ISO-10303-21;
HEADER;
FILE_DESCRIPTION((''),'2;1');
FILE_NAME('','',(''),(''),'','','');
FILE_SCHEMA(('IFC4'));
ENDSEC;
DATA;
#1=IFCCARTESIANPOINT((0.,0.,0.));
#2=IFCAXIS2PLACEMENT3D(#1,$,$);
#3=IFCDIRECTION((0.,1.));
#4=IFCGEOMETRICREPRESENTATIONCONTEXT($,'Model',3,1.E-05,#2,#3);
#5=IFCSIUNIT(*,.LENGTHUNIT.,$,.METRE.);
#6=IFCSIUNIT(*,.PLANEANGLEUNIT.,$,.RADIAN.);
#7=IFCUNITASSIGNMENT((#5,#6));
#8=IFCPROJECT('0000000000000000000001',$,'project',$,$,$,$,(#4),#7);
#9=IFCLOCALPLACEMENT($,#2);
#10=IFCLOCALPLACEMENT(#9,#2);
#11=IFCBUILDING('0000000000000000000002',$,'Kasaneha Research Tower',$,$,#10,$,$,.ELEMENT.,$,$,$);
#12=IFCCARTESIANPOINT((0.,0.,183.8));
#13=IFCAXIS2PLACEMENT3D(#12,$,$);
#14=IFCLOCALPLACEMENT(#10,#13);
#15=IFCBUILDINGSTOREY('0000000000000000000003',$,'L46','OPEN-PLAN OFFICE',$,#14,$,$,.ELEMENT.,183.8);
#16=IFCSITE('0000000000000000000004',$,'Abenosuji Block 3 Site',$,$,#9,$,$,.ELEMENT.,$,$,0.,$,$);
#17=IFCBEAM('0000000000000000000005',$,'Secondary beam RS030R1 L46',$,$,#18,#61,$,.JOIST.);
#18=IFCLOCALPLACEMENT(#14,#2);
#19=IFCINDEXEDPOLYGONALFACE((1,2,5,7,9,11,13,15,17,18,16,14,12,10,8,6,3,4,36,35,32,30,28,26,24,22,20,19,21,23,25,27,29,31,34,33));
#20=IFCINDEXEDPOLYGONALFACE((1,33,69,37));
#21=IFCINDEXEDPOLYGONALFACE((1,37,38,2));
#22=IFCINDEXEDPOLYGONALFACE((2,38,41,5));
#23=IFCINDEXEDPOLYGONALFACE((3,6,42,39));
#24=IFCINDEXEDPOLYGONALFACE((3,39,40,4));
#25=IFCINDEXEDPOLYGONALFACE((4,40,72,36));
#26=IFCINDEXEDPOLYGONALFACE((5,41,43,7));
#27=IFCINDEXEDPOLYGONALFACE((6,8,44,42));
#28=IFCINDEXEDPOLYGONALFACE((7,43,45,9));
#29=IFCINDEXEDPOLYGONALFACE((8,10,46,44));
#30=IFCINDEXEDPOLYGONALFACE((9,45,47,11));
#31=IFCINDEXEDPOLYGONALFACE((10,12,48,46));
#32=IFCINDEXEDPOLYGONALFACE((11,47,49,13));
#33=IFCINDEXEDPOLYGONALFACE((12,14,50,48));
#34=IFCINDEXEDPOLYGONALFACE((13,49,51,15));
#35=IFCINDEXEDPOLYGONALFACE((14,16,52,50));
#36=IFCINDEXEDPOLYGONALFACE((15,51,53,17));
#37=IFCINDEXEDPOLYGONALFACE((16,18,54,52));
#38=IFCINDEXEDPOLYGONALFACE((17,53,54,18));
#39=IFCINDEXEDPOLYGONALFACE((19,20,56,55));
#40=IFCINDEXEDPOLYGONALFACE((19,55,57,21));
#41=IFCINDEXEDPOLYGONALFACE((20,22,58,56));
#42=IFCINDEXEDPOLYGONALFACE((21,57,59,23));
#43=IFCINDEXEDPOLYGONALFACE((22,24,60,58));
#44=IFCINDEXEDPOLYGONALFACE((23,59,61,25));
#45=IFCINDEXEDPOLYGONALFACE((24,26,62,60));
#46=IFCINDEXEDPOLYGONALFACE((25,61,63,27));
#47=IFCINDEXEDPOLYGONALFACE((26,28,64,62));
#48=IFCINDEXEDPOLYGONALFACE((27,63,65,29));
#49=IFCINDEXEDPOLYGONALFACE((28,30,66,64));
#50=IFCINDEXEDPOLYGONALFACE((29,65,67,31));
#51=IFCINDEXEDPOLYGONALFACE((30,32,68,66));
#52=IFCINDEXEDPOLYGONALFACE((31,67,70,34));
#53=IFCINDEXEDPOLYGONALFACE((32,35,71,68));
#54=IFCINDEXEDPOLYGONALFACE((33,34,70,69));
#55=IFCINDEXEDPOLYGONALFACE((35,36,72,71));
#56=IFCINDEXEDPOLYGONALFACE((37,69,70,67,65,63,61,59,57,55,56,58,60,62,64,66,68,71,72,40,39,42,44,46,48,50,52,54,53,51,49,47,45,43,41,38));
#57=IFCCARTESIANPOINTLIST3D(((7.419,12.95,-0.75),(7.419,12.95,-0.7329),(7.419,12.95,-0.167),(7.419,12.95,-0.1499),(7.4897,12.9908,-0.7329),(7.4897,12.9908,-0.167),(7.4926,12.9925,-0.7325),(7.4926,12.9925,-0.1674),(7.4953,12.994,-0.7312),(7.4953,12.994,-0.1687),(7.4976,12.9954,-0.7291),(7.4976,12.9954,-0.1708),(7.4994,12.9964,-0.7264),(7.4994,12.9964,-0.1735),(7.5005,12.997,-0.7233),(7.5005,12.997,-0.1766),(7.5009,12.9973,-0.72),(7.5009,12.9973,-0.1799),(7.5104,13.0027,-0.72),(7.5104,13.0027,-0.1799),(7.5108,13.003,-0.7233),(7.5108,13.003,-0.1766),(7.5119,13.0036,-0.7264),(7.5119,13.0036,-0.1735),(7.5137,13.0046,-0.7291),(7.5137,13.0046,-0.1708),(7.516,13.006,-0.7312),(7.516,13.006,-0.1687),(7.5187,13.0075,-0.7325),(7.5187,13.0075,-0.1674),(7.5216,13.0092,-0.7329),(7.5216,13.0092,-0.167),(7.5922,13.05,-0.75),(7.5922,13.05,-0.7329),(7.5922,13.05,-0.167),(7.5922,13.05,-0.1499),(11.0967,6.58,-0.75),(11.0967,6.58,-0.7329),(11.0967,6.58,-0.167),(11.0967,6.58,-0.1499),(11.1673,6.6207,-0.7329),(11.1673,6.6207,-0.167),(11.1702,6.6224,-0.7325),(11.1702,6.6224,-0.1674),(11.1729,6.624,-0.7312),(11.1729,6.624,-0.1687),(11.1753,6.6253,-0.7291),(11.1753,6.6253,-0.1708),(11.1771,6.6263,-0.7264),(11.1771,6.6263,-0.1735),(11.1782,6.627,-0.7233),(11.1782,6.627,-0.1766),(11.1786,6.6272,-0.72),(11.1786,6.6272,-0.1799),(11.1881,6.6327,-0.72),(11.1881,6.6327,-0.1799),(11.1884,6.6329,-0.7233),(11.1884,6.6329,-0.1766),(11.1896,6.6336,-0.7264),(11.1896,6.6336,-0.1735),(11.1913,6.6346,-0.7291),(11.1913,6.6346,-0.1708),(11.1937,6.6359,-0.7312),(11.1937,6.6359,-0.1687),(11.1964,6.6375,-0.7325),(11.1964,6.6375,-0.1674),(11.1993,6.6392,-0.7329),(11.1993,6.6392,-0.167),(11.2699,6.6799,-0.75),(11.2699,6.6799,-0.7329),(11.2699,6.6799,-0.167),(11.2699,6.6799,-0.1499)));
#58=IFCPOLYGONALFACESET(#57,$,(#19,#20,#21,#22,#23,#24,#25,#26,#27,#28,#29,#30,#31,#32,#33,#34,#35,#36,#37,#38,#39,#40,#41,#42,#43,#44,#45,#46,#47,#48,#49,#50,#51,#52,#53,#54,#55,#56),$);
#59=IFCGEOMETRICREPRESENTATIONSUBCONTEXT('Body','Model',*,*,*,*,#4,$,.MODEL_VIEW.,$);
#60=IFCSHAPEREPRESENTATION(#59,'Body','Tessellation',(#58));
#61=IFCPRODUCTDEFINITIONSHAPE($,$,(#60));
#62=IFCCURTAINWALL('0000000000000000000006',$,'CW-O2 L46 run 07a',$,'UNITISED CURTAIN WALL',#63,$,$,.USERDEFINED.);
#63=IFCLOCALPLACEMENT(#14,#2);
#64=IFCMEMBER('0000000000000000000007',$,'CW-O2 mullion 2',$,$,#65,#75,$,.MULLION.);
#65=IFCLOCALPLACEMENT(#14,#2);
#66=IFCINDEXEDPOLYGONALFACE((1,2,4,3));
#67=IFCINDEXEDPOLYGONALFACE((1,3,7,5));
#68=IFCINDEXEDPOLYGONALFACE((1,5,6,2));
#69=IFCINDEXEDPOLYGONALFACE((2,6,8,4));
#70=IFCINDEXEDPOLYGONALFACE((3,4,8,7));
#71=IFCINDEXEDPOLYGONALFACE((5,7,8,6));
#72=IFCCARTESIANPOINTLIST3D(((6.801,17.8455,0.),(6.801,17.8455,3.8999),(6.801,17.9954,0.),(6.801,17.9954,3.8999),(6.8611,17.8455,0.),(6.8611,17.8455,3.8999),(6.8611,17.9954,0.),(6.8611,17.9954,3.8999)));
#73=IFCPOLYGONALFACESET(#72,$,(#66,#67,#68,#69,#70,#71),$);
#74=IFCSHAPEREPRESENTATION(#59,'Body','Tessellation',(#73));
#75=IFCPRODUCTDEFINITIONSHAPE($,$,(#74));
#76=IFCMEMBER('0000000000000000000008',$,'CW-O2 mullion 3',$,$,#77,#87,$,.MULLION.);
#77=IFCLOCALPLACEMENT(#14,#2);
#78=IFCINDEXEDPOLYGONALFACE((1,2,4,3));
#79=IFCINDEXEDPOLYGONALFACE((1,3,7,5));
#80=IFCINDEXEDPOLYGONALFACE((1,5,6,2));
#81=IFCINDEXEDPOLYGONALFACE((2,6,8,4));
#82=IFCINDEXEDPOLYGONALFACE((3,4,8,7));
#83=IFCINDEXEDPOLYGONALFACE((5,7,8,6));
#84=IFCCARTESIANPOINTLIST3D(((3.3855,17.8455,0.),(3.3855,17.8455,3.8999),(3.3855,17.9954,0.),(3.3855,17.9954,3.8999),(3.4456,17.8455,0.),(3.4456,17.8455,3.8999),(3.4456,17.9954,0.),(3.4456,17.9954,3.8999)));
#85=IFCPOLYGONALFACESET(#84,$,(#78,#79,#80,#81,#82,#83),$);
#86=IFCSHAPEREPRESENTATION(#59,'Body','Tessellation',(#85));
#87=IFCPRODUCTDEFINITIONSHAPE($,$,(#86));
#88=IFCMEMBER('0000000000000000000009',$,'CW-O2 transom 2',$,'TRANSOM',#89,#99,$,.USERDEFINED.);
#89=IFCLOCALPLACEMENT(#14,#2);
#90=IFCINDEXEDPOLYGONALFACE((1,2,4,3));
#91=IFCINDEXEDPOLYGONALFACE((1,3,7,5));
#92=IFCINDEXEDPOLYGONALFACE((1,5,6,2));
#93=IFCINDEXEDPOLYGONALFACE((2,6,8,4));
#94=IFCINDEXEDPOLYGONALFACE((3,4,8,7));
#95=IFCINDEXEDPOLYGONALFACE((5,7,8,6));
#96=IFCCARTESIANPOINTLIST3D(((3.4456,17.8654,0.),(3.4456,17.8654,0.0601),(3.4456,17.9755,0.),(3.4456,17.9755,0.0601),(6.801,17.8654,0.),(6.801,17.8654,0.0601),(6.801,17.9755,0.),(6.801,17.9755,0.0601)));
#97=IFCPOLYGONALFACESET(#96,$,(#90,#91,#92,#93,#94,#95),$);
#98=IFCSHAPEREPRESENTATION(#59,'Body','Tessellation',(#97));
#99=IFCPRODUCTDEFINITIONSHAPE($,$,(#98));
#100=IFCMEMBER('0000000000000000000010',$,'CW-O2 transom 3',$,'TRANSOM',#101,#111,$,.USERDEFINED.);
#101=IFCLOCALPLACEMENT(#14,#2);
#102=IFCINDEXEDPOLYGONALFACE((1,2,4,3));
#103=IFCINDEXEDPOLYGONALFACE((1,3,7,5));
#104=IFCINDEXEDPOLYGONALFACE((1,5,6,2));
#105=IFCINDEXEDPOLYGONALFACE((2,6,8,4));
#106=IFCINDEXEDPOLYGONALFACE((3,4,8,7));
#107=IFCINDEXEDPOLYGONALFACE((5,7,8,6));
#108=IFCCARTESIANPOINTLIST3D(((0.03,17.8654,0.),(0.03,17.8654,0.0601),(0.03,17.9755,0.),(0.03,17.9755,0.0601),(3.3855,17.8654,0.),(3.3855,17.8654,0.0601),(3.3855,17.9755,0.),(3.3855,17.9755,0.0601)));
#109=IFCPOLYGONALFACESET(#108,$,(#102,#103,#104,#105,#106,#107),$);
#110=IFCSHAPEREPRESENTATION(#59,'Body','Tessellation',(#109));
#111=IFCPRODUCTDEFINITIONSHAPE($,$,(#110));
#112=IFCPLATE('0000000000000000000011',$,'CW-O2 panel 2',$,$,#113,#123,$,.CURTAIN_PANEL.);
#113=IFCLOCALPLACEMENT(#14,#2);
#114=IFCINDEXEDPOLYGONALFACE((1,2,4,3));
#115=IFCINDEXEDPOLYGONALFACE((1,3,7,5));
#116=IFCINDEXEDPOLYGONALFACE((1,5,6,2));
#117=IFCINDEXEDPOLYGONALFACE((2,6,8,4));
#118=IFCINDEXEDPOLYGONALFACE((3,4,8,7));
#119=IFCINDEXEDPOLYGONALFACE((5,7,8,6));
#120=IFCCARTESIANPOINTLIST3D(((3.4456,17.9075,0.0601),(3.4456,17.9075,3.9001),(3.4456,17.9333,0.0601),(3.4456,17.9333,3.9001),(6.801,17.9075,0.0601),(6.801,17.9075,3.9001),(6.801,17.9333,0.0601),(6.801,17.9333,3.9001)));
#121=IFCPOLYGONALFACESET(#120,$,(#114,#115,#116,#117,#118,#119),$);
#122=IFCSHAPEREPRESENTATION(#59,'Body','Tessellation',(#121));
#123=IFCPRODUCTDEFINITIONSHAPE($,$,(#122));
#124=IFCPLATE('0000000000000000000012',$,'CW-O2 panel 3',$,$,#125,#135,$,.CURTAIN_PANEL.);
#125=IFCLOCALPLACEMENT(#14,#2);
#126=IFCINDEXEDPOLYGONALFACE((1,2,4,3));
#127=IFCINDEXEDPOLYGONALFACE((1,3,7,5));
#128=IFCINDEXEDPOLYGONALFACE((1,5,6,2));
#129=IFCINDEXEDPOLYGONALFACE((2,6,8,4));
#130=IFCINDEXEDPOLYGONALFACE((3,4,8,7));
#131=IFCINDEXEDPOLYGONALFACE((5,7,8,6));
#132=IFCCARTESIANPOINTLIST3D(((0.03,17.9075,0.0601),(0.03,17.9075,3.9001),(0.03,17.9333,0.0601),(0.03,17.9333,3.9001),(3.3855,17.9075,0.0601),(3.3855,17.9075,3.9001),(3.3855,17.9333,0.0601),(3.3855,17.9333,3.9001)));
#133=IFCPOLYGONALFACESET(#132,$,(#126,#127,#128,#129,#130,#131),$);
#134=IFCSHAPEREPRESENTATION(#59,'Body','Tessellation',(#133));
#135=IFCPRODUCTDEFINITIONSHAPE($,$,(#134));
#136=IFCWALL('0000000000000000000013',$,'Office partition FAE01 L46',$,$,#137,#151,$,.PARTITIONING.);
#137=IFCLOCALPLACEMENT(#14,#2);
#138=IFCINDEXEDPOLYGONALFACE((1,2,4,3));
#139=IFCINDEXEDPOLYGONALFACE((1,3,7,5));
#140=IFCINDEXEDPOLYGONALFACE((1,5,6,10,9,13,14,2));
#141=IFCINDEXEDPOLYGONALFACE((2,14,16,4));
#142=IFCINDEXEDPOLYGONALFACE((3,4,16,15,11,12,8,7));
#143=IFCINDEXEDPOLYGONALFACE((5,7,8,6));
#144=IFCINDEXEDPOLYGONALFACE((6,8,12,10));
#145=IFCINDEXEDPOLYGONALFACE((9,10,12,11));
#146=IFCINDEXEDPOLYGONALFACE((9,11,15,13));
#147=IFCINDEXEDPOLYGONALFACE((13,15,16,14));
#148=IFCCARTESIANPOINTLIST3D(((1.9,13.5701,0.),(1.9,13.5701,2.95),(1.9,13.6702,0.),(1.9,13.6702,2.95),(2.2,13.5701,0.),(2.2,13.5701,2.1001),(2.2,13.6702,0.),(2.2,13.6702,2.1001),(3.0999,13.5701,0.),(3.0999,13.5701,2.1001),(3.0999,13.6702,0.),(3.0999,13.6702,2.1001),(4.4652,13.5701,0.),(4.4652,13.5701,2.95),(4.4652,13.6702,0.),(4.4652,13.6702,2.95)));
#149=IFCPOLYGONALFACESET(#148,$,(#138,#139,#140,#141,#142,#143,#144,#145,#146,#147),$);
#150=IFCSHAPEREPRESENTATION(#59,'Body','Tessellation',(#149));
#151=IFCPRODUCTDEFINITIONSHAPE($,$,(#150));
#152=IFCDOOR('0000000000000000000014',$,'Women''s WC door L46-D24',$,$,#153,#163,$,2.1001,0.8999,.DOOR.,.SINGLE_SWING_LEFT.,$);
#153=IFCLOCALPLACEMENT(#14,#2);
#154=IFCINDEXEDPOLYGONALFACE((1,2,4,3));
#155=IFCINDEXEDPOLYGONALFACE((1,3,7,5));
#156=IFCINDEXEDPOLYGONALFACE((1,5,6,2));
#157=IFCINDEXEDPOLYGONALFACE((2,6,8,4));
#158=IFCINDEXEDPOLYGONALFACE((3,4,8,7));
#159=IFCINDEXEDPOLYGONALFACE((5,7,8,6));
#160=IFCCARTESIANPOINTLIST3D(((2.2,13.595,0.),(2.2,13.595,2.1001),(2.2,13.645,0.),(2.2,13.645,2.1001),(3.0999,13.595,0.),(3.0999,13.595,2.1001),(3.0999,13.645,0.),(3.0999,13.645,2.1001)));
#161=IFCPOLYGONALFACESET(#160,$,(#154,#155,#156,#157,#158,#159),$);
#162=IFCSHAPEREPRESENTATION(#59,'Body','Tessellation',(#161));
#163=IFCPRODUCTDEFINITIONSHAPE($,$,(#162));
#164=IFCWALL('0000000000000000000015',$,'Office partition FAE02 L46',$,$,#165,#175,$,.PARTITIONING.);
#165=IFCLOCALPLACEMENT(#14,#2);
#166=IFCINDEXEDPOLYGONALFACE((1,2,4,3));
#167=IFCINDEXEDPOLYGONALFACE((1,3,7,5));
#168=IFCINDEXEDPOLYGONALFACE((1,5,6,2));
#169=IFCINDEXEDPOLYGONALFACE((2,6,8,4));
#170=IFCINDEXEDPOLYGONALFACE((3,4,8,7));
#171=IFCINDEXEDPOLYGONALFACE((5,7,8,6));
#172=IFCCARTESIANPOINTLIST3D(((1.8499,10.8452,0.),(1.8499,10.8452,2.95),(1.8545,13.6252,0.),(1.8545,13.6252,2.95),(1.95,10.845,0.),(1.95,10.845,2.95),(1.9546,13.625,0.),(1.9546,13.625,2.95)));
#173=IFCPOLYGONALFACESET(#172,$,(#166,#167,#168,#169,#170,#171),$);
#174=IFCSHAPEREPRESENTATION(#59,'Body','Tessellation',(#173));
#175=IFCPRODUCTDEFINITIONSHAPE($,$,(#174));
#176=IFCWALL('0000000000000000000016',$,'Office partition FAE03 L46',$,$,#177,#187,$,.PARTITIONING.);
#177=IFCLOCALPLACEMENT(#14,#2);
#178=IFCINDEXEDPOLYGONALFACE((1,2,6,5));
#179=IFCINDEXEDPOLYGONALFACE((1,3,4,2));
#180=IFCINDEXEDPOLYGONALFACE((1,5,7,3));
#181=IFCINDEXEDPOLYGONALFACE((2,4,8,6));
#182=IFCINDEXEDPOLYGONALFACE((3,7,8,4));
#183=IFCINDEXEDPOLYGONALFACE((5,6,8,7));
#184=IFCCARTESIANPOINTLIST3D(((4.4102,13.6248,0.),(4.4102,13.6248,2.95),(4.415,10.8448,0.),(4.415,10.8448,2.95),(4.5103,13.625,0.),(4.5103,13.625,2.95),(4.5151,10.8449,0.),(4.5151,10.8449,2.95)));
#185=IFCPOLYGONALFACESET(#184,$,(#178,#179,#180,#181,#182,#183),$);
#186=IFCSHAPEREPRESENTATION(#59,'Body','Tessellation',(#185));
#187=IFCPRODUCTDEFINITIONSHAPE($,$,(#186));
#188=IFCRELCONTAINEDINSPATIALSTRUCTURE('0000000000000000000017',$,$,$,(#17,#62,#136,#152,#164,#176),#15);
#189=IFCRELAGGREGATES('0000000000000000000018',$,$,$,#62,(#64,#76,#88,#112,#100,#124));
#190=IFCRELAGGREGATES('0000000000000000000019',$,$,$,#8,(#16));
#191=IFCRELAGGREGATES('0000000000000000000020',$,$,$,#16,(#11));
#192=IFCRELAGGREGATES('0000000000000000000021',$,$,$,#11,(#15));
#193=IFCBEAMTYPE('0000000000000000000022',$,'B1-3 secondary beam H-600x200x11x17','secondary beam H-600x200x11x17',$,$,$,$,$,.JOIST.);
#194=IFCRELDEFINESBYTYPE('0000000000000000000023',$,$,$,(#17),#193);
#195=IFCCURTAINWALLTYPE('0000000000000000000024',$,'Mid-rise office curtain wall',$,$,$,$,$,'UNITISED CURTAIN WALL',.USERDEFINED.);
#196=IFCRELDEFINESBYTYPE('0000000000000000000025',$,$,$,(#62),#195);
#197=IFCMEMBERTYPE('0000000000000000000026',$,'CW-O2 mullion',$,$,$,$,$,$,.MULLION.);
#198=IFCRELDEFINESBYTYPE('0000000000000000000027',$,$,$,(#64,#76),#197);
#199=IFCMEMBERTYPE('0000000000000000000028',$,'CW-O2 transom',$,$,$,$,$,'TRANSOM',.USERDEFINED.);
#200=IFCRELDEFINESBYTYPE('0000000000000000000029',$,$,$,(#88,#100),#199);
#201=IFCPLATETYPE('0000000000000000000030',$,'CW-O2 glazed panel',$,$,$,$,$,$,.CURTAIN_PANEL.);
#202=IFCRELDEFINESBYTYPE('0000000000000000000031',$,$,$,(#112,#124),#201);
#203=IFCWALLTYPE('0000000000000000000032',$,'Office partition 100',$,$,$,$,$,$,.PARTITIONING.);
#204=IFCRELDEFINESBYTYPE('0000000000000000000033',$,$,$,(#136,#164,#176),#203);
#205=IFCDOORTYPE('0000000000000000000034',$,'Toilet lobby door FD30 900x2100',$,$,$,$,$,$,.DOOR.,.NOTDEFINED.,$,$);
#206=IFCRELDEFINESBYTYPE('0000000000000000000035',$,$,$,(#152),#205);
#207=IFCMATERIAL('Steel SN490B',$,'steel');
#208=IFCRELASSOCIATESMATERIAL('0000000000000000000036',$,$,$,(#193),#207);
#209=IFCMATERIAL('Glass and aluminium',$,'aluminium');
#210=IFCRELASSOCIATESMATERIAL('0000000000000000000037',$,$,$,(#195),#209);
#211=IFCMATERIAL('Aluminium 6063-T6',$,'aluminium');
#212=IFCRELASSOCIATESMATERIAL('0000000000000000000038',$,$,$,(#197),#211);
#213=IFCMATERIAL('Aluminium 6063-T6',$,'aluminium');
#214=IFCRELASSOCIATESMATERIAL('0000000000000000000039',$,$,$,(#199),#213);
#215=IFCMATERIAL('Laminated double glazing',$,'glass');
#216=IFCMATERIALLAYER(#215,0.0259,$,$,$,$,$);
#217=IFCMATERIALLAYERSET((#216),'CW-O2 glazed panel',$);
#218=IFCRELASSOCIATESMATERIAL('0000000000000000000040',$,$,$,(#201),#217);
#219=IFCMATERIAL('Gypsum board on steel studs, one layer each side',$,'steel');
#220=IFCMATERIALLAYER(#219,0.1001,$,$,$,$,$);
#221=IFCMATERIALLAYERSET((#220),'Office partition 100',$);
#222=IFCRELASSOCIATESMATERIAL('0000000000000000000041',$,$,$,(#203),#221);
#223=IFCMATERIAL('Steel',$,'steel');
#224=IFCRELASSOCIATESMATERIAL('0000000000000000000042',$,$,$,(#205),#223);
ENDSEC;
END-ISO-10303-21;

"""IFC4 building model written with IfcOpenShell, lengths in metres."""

from ifc_helpers import new_model, si_unit, direction, frame, frame_2d, origin, origin_2d, place, context, subcontext, project, spatial, rectangle, i_section, extrude, material, layer, layer_set, material_profile, profile_set, type_object, element, fill, aggregate, save


model = new_model("IFC4")

# Units and contexts
model_context = context("Model", 3, precision=1e-05, world=origin(), true_north=direction((0.0, 1.0)))
body_context = subcontext(model_context, "Body", "Model", "MODEL_VIEW")
ifc_project = project(units=[si_unit("LENGTHUNIT", "METRE"), si_unit("PLANEANGLEUNIT", "RADIAN")], contexts=[model_context])

# Site, building, storey
site_placement = place(None, origin())
site = spatial("IfcSite", under=ifc_project, at=site_placement, Name="Abenosuji Block 3 Site", CompositionType="ELEMENT", RefElevation=0.0)
building_placement = place(site_placement, origin())
building = spatial("IfcBuilding", under=site, at=building_placement, Name="Kasaneha Research Tower", CompositionType="ELEMENT")
storey_placement = place(building_placement, frame((0.0, 0.0, 183.8)))
storey = spatial("IfcBuildingStorey", under=building, at=storey_placement, Name="L46", Description="OPEN-PLAN OFFICE", CompositionType="ELEMENT", Elevation=183.8)

# Beam
ifc_material_1 = material(Name="Steel SN490B", Category="steel")
ifc_material_profile_1 = material_profile(ifc_material_1, i_section(OverallWidth=0.2, OverallDepth=0.6001, WebThickness=0.011, FlangeThickness=0.0171, FilletRadius=0.0129, at=origin_2d()), Name="H-600x200x11x17")
ifc_profile_set_1 = profile_set([ifc_material_profile_1], Name="Steel SN490B")
beam_type = type_object("IfcBeamType", Name="B1-3 secondary beam H-600x200x11x17", Description="secondary beam H-600x200x11x17", PredefinedType="JOIST", material=ifc_profile_set_1)
beam_placement = place(storey_placement, frame((7.5056, 13.0, -0.45), z_axis=(0.499994, -0.866029, 0.0), x_axis=(0.866029, 0.499994, 0.0)))
element("IfcBeam", 1, at=beam_placement, inside=storey, type_object=beam_type, Name="Secondary beam RS030R1 L46", PredefinedType="JOIST", context=body_context, shape_type="SweptSolid", body=[
    extrude(i_section(OverallWidth=0.2, OverallDepth=0.6001, WebThickness=0.011, FlangeThickness=0.0171, FilletRadius=0.0129, at=origin_2d()), origin(), (0.0, 0.0, 1.0), 7.3555),
])

# Curtain wall, members, plates
ifc_material_2 = material(Name="Glass and aluminium", Category="aluminium")
curtain_wall_type = type_object("IfcCurtainWallType", Name="Mid-rise office curtain wall", ElementType="UNITISED CURTAIN WALL", PredefinedType="USERDEFINED", material=ifc_material_2)
curtain_wall_placement = place(storey_placement, origin())
curtain_wall = element("IfcCurtainWall", 2, at=curtain_wall_placement, inside=storey, type_object=curtain_wall_type, Name="CW-O2 L46 run 07a", ObjectType="UNITISED CURTAIN WALL", PredefinedType="USERDEFINED")
ifc_material_3 = material(Name="Aluminium 6063-T6", Category="aluminium")
ifc_material_profile_2 = material_profile(ifc_material_3, rectangle(XDim=0.0601, YDim=0.1499, at=origin_2d()), Name="CW-O2 mullion 60x150")
ifc_profile_set_2 = profile_set([ifc_material_profile_2], Name="Aluminium 6063-T6")
member_type_1 = type_object("IfcMemberType", Name="CW-O2 mullion", PredefinedType="MULLION", material=ifc_profile_set_2)
member_1_placement = place(storey_placement, frame((6.8311, 17.9204, 0.0), z_axis=(0.0, 0.0, 1.0), x_axis=(-1.0, 0.0, 0.0)))
member_1 = element("IfcMember", 3, at=member_1_placement, type_object=member_type_1, Name="CW-O2 mullion 2", PredefinedType="MULLION", context=body_context, shape_type="SweptSolid", body=[
    extrude(rectangle(XDim=0.0601, YDim=0.1499, at=origin_2d()), origin(), (0.0, 0.0, 1.0), 3.8999),
])
member_2_placement = place(storey_placement, frame((3.4155, 17.9204, 0.0), z_axis=(0.0, 0.0, 1.0), x_axis=(-1.0, 0.0, 0.0)))
member_2 = element("IfcMember", 4, at=member_2_placement, type_object=member_type_1, Name="CW-O2 mullion 3", PredefinedType="MULLION", context=body_context, shape_type="SweptSolid", body=[
    extrude(rectangle(XDim=0.0601, YDim=0.1499, at=origin_2d()), origin(), (0.0, 0.0, 1.0), 3.8999),
])
ifc_material_4 = material(Name="Aluminium 6063-T6", Category="aluminium")
ifc_material_profile_3 = material_profile(ifc_material_4, rectangle(XDim=0.1101, YDim=0.0601, at=origin_2d()), Name="CW-O2 transom 110x60")
ifc_profile_set_3 = profile_set([ifc_material_profile_3], Name="Aluminium 6063-T6")
member_type_2 = type_object("IfcMemberType", Name="CW-O2 transom", ElementType="TRANSOM", PredefinedType="USERDEFINED", material=ifc_profile_set_3)
member_3_placement = place(storey_placement, frame((6.801, 17.9204, 0.03), z_axis=(-1.0, 0.0, 0.0), x_axis=(0.0, -1.0, 0.0)))
member_3 = element("IfcMember", 5, at=member_3_placement, type_object=member_type_2, Name="CW-O2 transom 2", ObjectType="TRANSOM", PredefinedType="USERDEFINED", context=body_context, shape_type="SweptSolid", body=[
    extrude(rectangle(XDim=0.1101, YDim=0.0601, at=origin_2d()), origin(), (0.0, 0.0, 1.0), 3.3555),
])
member_4_placement = place(storey_placement, frame((3.3855, 17.9204, 0.03), z_axis=(-1.0, 0.0, 0.0), x_axis=(0.0, -1.0, 0.0)))
member_4 = element("IfcMember", 6, at=member_4_placement, type_object=member_type_2, Name="CW-O2 transom 3", ObjectType="TRANSOM", PredefinedType="USERDEFINED", context=body_context, shape_type="SweptSolid", body=[
    extrude(rectangle(XDim=0.1101, YDim=0.0601, at=origin_2d()), origin(), (0.0, 0.0, 1.0), 3.3555),
])
ifc_material_5 = material(Name="Laminated double glazing", Category="glass")
ifc_layer_1 = layer(ifc_material_5, 0.0259)
ifc_layer_set_1 = layer_set([ifc_layer_1], Name="CW-O2 glazed panel")
plate_type = type_object("IfcPlateType", Name="CW-O2 glazed panel", PredefinedType="CURTAIN_PANEL", material=ifc_layer_set_1)
plate_1_placement = place(storey_placement, frame((5.1233, 17.9204, 0.0601), z_axis=(0.0, 0.0, 1.0), x_axis=(-1.0, 0.0, 0.0)))
plate_1 = element("IfcPlate", 7, at=plate_1_placement, type_object=plate_type, Name="CW-O2 panel 2", PredefinedType="CURTAIN_PANEL", context=body_context, shape_type="SweptSolid", body=[
    extrude(rectangle(XDim=3.3555, YDim=0.0259, at=origin_2d()), origin(), (0.0, 0.0, 1.0), 3.8401),
])
plate_2_placement = place(storey_placement, frame((1.7078, 17.9204, 0.0601), z_axis=(0.0, 0.0, 1.0), x_axis=(-1.0, 0.0, 0.0)))
plate_2 = element("IfcPlate", 8, at=plate_2_placement, type_object=plate_type, Name="CW-O2 panel 3", PredefinedType="CURTAIN_PANEL", context=body_context, shape_type="SweptSolid", body=[
    extrude(rectangle(XDim=3.3555, YDim=0.0259, at=origin_2d()), origin(), (0.0, 0.0, 1.0), 3.8401),
])
aggregate(curtain_wall, [member_1, member_2, member_3, plate_1, member_4, plate_2])

# Wall, opening, door
ifc_material_6 = material(Name="Gypsum board on steel studs, one layer each side", Category="steel")
ifc_layer_2 = layer(ifc_material_6, 0.1001)
ifc_layer_set_2 = layer_set([ifc_layer_2], Name="Office partition 100")
wall_type_1 = type_object("IfcWallType", Name="Office partition 100", PredefinedType="PARTITIONING", material=ifc_layer_set_2)
wall_1_placement = place(storey_placement, frame((1.8999, 13.6201, 0.0), z_axis=(0.0, 0.0, 1.0), x_axis=(1.0, 0.0, 0.0)))
wall_1 = element("IfcWall", 9, at=wall_1_placement, inside=storey, type_object=wall_type_1, Name="Office partition FAE01 L46", PredefinedType="PARTITIONING", context=body_context, shape_type="SweptSolid", body=[
    extrude(rectangle(XDim=2.5652, YDim=0.1001, at=frame_2d((1.2827, 0.0))), origin(), (0.0, 0.0, 1.0), 2.95),
])
opening_1_placement = place(wall_1_placement, frame((0.3, 0.0, 0.0)))
opening_1 = element("IfcOpeningElement", 10, at=opening_1_placement, cuts=wall_1, PredefinedType="OPENING", context=body_context, shape_type="SweptSolid", body=[
    extrude(rectangle(XDim=0.8999, YDim=2.1001, at=frame_2d((0.45, 1.05))), frame((0.0, 0.0601, 0.0), z_axis=(0.0, -1.0, 0.0), x_axis=(1.0, 0.0, 0.0)), (0.0, 0.0, 1.0), 0.1201),
])
ifc_material_7 = material(Name="Steel", Category="steel")
door_type = type_object("IfcDoorType", Name="Toilet lobby door FD30 900x2100", OperationType="NOTDEFINED", PredefinedType="DOOR", material=ifc_material_7)
door_1_placement = place(opening_1_placement, origin())
door_1 = element("IfcDoor", 11, at=door_1_placement, inside=storey, type_object=door_type, Name="Women's WC door L46-D24", OperationType="SINGLE_SWING_LEFT", OverallHeight=2.1001, OverallWidth=0.8999, PredefinedType="DOOR", context=body_context, shape_type="SweptSolid", body=[
    extrude(rectangle(XDim=0.8999, YDim=2.1001, at=frame_2d((0.45, 1.05))), frame((0.0, 0.0249, 0.0), z_axis=(0.0, -1.0, 0.0), x_axis=(1.0, 0.0, 0.0)), (0.0, 0.0, 1.0), 0.05),
])
fill(opening_1, door_1)

# Walls
for number, where, z_axis, x_axis, name in (
    (12, (1.8999, 10.845, 0.0), (0.0, 0.0, 1.0), (0.001669, 0.999999, 0.0), "Office partition FAE02 L46"),
    (13, (4.4602, 13.625, 0.0), (0.0, 0.0, 1.0), (0.001756, -0.999998, 0.0), "Office partition FAE03 L46"),
):
    element("IfcWall", number, at=place(storey_placement, frame(where, z_axis=z_axis, x_axis=x_axis)), inside=storey, type_object=wall_type_1, Name=name, PredefinedType="PARTITIONING", context=body_context, shape_type="SweptSolid", body=[
        extrude(rectangle(XDim=2.78, YDim=0.1001, at=frame_2d((1.3901, 0.0))), origin(), (0.0, 0.0, 1.0), 2.95),
    ])

save(model, "model.ifc")
